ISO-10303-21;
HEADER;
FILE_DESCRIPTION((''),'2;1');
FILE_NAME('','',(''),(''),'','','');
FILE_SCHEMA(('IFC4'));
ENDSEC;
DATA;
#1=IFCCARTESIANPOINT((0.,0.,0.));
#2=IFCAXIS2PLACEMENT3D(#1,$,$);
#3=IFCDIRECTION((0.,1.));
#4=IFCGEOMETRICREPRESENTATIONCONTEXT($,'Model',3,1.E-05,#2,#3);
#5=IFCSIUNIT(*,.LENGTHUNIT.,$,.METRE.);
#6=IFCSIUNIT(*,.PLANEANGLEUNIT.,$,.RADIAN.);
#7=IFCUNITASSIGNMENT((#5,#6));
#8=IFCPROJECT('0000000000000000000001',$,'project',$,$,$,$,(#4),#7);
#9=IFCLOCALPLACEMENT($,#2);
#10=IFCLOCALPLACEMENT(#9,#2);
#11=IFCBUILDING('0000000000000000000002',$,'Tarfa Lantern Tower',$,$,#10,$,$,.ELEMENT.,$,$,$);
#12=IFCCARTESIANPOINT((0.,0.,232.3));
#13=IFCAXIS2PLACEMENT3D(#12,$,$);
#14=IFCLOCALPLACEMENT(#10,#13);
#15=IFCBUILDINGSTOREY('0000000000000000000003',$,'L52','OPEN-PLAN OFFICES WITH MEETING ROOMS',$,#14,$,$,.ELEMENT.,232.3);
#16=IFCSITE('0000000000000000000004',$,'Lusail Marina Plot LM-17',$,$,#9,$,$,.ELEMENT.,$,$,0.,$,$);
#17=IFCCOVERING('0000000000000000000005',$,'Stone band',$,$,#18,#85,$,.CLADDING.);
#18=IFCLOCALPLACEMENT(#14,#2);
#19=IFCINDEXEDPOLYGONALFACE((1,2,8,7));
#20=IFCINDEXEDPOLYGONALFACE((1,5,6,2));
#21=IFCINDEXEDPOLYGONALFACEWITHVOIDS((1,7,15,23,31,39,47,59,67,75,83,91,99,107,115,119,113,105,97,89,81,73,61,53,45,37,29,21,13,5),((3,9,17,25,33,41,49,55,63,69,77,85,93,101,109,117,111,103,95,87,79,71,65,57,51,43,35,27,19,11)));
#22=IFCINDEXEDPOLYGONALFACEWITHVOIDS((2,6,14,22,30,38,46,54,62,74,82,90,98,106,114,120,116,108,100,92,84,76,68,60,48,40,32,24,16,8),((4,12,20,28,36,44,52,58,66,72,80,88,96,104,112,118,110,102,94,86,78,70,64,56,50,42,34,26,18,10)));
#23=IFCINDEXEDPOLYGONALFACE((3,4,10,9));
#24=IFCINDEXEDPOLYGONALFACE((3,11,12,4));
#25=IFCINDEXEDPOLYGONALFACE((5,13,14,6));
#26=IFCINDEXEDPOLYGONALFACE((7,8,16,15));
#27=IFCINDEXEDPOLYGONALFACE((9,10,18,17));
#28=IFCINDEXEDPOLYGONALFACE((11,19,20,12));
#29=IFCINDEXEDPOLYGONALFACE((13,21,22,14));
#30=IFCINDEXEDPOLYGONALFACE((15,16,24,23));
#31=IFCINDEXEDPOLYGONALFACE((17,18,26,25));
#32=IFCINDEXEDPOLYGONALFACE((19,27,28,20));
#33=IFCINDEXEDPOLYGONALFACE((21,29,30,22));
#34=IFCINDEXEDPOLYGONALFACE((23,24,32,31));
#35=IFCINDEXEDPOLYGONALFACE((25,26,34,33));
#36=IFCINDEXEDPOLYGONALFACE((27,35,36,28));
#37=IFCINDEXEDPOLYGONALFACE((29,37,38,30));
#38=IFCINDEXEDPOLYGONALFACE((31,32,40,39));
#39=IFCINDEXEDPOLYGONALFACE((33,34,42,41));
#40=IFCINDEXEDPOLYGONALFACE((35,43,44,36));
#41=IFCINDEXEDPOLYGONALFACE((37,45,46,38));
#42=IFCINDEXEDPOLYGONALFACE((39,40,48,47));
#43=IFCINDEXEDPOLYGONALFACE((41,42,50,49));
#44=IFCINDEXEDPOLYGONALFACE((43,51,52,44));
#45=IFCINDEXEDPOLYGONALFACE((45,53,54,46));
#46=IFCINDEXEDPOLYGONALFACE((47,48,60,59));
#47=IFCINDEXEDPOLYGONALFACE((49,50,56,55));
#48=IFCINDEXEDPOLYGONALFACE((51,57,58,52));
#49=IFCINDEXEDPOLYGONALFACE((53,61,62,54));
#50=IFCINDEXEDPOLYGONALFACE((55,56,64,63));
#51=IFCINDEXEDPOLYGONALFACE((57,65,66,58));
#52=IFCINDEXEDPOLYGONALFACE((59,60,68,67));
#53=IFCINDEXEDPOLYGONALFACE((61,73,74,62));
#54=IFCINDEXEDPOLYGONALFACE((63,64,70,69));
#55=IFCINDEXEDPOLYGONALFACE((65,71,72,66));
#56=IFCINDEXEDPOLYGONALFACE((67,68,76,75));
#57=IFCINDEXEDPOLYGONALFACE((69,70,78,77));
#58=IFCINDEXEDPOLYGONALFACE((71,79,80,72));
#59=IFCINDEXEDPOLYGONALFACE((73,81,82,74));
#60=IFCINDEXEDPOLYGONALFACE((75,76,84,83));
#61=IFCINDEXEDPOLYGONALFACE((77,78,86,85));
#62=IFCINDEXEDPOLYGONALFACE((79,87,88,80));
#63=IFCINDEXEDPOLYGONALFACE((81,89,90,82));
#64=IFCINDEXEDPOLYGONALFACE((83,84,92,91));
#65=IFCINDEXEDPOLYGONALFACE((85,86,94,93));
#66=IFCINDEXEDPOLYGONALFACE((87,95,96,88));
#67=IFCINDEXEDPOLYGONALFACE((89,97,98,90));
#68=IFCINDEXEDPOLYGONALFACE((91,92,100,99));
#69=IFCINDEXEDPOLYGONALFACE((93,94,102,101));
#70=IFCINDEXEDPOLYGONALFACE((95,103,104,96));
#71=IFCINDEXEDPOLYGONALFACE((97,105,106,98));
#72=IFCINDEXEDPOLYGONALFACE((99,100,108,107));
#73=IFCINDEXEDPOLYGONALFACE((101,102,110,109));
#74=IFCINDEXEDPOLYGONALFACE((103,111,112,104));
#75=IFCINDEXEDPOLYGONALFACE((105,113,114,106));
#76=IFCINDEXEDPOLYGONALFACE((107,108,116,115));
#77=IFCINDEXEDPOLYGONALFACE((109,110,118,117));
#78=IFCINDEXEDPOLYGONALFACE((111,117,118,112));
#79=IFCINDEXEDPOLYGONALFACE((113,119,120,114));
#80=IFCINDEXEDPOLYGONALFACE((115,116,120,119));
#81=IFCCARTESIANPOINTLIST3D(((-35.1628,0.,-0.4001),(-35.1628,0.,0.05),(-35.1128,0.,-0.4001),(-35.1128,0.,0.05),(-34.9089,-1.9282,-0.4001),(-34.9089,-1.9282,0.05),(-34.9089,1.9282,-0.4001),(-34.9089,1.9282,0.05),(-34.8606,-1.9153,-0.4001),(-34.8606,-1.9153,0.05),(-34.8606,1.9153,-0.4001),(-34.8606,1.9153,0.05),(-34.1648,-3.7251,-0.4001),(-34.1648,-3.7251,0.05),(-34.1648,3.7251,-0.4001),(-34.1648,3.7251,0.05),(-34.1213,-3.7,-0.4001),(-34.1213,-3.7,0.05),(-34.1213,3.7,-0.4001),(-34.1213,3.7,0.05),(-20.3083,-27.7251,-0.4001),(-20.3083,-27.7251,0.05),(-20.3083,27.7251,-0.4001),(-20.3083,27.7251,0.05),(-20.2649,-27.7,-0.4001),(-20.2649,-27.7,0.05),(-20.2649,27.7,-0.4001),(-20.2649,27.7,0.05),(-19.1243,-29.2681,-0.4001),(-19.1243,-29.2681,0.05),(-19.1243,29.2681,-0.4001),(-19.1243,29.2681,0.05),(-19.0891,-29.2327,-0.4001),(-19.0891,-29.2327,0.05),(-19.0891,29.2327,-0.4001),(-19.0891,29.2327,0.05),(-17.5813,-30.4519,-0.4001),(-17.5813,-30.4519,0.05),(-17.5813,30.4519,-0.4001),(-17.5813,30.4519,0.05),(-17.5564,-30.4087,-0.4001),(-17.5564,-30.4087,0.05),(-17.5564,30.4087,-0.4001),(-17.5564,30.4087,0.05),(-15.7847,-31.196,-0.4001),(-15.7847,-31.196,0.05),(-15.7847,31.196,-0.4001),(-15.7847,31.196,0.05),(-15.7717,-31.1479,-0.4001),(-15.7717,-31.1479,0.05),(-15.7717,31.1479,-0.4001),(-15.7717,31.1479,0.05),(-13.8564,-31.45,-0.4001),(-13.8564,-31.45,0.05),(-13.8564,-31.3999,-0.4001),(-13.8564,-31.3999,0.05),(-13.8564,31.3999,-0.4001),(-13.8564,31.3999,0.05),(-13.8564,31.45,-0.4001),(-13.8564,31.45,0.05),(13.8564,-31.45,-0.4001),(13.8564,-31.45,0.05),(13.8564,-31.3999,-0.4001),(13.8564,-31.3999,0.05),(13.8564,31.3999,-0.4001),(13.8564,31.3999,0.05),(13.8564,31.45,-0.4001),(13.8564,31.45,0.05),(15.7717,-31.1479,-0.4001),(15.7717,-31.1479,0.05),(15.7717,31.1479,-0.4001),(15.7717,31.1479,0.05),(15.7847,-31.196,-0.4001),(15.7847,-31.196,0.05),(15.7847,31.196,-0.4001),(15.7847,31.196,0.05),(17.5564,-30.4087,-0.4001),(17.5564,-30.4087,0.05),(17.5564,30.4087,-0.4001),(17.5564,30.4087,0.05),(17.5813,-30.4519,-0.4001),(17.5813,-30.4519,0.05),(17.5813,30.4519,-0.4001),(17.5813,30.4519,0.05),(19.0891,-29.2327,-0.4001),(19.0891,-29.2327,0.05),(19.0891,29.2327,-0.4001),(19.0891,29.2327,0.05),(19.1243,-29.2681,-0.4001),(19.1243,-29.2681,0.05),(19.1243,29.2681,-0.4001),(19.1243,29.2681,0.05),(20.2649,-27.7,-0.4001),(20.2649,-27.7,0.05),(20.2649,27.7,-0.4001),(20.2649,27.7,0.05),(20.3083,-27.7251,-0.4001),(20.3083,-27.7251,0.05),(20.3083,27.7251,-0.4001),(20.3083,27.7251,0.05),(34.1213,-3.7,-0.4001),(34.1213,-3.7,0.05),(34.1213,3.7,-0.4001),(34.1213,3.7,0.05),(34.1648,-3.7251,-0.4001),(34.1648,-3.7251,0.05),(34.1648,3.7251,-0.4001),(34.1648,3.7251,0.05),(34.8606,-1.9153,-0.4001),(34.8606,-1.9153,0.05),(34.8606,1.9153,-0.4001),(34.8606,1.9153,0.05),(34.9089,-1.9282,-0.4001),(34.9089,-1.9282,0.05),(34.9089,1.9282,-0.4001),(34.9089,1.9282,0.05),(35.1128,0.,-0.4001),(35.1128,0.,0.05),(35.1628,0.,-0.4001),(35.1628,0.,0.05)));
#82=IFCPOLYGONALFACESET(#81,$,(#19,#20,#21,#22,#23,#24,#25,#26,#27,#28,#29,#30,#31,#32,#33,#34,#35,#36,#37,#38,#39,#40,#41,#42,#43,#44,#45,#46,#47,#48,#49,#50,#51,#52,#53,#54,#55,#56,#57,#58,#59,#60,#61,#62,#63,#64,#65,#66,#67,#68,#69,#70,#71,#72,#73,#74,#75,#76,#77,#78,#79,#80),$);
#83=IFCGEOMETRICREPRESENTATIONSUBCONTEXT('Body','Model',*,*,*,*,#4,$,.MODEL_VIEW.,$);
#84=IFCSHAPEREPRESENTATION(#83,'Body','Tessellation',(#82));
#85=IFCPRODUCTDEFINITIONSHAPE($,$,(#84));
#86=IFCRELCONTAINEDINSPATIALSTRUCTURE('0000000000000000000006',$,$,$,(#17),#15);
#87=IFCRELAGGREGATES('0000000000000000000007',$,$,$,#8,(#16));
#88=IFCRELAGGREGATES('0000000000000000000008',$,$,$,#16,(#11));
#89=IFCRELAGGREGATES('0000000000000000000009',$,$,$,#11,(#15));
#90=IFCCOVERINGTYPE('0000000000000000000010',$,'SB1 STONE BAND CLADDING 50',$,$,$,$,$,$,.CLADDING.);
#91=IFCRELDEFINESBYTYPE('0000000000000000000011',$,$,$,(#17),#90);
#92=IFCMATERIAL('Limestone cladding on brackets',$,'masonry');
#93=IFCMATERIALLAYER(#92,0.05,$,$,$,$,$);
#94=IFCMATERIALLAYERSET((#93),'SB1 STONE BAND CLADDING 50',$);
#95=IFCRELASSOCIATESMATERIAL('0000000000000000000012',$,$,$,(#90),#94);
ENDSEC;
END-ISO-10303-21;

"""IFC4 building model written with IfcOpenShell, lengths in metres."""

from ifc_helpers import new_model, si_unit, direction, frame, origin, place, context, subcontext, project, spatial, polyline, outline, extrude, material, layer, layer_set, type_object, element, save


model = new_model("IFC4")

# Units and contexts
model_context = context("Model", 3, precision=1e-05, world=origin(), true_north=direction((0.0, 1.0)))
body_context = subcontext(model_context, "Body", "Model", "MODEL_VIEW")
ifc_project = project(units=[si_unit("LENGTHUNIT", "METRE"), si_unit("PLANEANGLEUNIT", "RADIAN")], contexts=[model_context])

# Site, building, storey
site_placement = place(None, origin())
site = spatial("IfcSite", under=ifc_project, at=site_placement, Name="Lusail Marina Plot LM-17", CompositionType="ELEMENT", RefElevation=0.0)
building_placement = place(site_placement, origin())
building = spatial("IfcBuilding", under=site, at=building_placement, Name="Tarfa Lantern Tower", CompositionType="ELEMENT")
storey_placement = place(building_placement, frame((0.0, 0.0, 232.3)))
storey = spatial("IfcBuildingStorey", under=building, at=storey_placement, Name="L52", Description="OPEN-PLAN OFFICES WITH MEETING ROOMS", CompositionType="ELEMENT", Elevation=232.3)

# Covering
ifc_material_1 = material(Name="Limestone cladding on brackets", Category="masonry")
ifc_layer_1 = layer(ifc_material_1, 0.05)
ifc_layer_set_1 = layer_set([ifc_layer_1], Name="SB1 STONE BAND CLADDING 50")
covering_type_1 = type_object("IfcCoveringType", Name="SB1 STONE BAND CLADDING 50", PredefinedType="CLADDING", material=ifc_layer_set_1)
covering_1_placement = place(storey_placement, frame((0.0, 0.0, -0.4001)))
element("IfcCovering", 1, at=covering_1_placement, inside=storey, type_object=covering_type_1, Name="Stone band", PredefinedType="CLADDING", context=body_context, shape_type="SweptSolid", body=[
    extrude(outline(polyline([(34.1648, 3.7251), (20.3083, 27.7251), (19.1243, 29.2681), (17.5813, 30.4519), (15.7847, 31.196), (13.8564, 31.45), (-13.8564, 31.45), (-15.7847, 31.196), (-17.5813, 30.4519), (-19.1243, 29.2681), (-20.3083, 27.7251), (-34.1648, 3.7251), (-34.9089, 1.9282), (-35.1628, 0.0), (-34.9089, -1.9282), (-34.1648, -3.7251), (-20.3083, -27.7251), (-19.1243, -29.2681), (-17.5813, -30.4519), (-15.7847, -31.196), (-13.8564, -31.45), (13.8564, -31.45), (15.7847, -31.196), (17.5813, -30.4519), (19.1243, -29.2681), (20.3083, -27.7251), (34.1648, -3.7251), (34.9089, -1.9282), (35.1628, 0.0), (34.9089, 1.9282), (34.1648, 3.7251)]), holes=[polyline([(34.1213, 3.7), (20.2649, 27.7), (19.0891, 29.2327), (17.5564, 30.4087), (15.7717, 31.1479), (13.8564, 31.3999), (-13.8564, 31.3999), (-15.7717, 31.1479), (-17.5564, 30.4087), (-19.0891, 29.2327), (-20.2649, 27.7), (-34.1213, 3.7), (-34.8606, 1.9153), (-35.1128, 0.0), (-34.8606, -1.9153), (-34.1213, -3.7), (-20.2649, -27.7), (-19.0891, -29.2327), (-17.5564, -30.4087), (-15.7717, -31.1479), (-13.8564, -31.3999), (13.8564, -31.3999), (15.7717, -31.1479), (17.5564, -30.4087), (19.0891, -29.2327), (20.2649, -27.7), (34.1213, -3.7), (34.8606, -1.9153), (35.1128, 0.0), (34.8606, 1.9153), (34.1213, 3.7)])]), origin(), (0.0, 0.0, 1.0), 0.4502),
])

save(model, "model.ifc")
